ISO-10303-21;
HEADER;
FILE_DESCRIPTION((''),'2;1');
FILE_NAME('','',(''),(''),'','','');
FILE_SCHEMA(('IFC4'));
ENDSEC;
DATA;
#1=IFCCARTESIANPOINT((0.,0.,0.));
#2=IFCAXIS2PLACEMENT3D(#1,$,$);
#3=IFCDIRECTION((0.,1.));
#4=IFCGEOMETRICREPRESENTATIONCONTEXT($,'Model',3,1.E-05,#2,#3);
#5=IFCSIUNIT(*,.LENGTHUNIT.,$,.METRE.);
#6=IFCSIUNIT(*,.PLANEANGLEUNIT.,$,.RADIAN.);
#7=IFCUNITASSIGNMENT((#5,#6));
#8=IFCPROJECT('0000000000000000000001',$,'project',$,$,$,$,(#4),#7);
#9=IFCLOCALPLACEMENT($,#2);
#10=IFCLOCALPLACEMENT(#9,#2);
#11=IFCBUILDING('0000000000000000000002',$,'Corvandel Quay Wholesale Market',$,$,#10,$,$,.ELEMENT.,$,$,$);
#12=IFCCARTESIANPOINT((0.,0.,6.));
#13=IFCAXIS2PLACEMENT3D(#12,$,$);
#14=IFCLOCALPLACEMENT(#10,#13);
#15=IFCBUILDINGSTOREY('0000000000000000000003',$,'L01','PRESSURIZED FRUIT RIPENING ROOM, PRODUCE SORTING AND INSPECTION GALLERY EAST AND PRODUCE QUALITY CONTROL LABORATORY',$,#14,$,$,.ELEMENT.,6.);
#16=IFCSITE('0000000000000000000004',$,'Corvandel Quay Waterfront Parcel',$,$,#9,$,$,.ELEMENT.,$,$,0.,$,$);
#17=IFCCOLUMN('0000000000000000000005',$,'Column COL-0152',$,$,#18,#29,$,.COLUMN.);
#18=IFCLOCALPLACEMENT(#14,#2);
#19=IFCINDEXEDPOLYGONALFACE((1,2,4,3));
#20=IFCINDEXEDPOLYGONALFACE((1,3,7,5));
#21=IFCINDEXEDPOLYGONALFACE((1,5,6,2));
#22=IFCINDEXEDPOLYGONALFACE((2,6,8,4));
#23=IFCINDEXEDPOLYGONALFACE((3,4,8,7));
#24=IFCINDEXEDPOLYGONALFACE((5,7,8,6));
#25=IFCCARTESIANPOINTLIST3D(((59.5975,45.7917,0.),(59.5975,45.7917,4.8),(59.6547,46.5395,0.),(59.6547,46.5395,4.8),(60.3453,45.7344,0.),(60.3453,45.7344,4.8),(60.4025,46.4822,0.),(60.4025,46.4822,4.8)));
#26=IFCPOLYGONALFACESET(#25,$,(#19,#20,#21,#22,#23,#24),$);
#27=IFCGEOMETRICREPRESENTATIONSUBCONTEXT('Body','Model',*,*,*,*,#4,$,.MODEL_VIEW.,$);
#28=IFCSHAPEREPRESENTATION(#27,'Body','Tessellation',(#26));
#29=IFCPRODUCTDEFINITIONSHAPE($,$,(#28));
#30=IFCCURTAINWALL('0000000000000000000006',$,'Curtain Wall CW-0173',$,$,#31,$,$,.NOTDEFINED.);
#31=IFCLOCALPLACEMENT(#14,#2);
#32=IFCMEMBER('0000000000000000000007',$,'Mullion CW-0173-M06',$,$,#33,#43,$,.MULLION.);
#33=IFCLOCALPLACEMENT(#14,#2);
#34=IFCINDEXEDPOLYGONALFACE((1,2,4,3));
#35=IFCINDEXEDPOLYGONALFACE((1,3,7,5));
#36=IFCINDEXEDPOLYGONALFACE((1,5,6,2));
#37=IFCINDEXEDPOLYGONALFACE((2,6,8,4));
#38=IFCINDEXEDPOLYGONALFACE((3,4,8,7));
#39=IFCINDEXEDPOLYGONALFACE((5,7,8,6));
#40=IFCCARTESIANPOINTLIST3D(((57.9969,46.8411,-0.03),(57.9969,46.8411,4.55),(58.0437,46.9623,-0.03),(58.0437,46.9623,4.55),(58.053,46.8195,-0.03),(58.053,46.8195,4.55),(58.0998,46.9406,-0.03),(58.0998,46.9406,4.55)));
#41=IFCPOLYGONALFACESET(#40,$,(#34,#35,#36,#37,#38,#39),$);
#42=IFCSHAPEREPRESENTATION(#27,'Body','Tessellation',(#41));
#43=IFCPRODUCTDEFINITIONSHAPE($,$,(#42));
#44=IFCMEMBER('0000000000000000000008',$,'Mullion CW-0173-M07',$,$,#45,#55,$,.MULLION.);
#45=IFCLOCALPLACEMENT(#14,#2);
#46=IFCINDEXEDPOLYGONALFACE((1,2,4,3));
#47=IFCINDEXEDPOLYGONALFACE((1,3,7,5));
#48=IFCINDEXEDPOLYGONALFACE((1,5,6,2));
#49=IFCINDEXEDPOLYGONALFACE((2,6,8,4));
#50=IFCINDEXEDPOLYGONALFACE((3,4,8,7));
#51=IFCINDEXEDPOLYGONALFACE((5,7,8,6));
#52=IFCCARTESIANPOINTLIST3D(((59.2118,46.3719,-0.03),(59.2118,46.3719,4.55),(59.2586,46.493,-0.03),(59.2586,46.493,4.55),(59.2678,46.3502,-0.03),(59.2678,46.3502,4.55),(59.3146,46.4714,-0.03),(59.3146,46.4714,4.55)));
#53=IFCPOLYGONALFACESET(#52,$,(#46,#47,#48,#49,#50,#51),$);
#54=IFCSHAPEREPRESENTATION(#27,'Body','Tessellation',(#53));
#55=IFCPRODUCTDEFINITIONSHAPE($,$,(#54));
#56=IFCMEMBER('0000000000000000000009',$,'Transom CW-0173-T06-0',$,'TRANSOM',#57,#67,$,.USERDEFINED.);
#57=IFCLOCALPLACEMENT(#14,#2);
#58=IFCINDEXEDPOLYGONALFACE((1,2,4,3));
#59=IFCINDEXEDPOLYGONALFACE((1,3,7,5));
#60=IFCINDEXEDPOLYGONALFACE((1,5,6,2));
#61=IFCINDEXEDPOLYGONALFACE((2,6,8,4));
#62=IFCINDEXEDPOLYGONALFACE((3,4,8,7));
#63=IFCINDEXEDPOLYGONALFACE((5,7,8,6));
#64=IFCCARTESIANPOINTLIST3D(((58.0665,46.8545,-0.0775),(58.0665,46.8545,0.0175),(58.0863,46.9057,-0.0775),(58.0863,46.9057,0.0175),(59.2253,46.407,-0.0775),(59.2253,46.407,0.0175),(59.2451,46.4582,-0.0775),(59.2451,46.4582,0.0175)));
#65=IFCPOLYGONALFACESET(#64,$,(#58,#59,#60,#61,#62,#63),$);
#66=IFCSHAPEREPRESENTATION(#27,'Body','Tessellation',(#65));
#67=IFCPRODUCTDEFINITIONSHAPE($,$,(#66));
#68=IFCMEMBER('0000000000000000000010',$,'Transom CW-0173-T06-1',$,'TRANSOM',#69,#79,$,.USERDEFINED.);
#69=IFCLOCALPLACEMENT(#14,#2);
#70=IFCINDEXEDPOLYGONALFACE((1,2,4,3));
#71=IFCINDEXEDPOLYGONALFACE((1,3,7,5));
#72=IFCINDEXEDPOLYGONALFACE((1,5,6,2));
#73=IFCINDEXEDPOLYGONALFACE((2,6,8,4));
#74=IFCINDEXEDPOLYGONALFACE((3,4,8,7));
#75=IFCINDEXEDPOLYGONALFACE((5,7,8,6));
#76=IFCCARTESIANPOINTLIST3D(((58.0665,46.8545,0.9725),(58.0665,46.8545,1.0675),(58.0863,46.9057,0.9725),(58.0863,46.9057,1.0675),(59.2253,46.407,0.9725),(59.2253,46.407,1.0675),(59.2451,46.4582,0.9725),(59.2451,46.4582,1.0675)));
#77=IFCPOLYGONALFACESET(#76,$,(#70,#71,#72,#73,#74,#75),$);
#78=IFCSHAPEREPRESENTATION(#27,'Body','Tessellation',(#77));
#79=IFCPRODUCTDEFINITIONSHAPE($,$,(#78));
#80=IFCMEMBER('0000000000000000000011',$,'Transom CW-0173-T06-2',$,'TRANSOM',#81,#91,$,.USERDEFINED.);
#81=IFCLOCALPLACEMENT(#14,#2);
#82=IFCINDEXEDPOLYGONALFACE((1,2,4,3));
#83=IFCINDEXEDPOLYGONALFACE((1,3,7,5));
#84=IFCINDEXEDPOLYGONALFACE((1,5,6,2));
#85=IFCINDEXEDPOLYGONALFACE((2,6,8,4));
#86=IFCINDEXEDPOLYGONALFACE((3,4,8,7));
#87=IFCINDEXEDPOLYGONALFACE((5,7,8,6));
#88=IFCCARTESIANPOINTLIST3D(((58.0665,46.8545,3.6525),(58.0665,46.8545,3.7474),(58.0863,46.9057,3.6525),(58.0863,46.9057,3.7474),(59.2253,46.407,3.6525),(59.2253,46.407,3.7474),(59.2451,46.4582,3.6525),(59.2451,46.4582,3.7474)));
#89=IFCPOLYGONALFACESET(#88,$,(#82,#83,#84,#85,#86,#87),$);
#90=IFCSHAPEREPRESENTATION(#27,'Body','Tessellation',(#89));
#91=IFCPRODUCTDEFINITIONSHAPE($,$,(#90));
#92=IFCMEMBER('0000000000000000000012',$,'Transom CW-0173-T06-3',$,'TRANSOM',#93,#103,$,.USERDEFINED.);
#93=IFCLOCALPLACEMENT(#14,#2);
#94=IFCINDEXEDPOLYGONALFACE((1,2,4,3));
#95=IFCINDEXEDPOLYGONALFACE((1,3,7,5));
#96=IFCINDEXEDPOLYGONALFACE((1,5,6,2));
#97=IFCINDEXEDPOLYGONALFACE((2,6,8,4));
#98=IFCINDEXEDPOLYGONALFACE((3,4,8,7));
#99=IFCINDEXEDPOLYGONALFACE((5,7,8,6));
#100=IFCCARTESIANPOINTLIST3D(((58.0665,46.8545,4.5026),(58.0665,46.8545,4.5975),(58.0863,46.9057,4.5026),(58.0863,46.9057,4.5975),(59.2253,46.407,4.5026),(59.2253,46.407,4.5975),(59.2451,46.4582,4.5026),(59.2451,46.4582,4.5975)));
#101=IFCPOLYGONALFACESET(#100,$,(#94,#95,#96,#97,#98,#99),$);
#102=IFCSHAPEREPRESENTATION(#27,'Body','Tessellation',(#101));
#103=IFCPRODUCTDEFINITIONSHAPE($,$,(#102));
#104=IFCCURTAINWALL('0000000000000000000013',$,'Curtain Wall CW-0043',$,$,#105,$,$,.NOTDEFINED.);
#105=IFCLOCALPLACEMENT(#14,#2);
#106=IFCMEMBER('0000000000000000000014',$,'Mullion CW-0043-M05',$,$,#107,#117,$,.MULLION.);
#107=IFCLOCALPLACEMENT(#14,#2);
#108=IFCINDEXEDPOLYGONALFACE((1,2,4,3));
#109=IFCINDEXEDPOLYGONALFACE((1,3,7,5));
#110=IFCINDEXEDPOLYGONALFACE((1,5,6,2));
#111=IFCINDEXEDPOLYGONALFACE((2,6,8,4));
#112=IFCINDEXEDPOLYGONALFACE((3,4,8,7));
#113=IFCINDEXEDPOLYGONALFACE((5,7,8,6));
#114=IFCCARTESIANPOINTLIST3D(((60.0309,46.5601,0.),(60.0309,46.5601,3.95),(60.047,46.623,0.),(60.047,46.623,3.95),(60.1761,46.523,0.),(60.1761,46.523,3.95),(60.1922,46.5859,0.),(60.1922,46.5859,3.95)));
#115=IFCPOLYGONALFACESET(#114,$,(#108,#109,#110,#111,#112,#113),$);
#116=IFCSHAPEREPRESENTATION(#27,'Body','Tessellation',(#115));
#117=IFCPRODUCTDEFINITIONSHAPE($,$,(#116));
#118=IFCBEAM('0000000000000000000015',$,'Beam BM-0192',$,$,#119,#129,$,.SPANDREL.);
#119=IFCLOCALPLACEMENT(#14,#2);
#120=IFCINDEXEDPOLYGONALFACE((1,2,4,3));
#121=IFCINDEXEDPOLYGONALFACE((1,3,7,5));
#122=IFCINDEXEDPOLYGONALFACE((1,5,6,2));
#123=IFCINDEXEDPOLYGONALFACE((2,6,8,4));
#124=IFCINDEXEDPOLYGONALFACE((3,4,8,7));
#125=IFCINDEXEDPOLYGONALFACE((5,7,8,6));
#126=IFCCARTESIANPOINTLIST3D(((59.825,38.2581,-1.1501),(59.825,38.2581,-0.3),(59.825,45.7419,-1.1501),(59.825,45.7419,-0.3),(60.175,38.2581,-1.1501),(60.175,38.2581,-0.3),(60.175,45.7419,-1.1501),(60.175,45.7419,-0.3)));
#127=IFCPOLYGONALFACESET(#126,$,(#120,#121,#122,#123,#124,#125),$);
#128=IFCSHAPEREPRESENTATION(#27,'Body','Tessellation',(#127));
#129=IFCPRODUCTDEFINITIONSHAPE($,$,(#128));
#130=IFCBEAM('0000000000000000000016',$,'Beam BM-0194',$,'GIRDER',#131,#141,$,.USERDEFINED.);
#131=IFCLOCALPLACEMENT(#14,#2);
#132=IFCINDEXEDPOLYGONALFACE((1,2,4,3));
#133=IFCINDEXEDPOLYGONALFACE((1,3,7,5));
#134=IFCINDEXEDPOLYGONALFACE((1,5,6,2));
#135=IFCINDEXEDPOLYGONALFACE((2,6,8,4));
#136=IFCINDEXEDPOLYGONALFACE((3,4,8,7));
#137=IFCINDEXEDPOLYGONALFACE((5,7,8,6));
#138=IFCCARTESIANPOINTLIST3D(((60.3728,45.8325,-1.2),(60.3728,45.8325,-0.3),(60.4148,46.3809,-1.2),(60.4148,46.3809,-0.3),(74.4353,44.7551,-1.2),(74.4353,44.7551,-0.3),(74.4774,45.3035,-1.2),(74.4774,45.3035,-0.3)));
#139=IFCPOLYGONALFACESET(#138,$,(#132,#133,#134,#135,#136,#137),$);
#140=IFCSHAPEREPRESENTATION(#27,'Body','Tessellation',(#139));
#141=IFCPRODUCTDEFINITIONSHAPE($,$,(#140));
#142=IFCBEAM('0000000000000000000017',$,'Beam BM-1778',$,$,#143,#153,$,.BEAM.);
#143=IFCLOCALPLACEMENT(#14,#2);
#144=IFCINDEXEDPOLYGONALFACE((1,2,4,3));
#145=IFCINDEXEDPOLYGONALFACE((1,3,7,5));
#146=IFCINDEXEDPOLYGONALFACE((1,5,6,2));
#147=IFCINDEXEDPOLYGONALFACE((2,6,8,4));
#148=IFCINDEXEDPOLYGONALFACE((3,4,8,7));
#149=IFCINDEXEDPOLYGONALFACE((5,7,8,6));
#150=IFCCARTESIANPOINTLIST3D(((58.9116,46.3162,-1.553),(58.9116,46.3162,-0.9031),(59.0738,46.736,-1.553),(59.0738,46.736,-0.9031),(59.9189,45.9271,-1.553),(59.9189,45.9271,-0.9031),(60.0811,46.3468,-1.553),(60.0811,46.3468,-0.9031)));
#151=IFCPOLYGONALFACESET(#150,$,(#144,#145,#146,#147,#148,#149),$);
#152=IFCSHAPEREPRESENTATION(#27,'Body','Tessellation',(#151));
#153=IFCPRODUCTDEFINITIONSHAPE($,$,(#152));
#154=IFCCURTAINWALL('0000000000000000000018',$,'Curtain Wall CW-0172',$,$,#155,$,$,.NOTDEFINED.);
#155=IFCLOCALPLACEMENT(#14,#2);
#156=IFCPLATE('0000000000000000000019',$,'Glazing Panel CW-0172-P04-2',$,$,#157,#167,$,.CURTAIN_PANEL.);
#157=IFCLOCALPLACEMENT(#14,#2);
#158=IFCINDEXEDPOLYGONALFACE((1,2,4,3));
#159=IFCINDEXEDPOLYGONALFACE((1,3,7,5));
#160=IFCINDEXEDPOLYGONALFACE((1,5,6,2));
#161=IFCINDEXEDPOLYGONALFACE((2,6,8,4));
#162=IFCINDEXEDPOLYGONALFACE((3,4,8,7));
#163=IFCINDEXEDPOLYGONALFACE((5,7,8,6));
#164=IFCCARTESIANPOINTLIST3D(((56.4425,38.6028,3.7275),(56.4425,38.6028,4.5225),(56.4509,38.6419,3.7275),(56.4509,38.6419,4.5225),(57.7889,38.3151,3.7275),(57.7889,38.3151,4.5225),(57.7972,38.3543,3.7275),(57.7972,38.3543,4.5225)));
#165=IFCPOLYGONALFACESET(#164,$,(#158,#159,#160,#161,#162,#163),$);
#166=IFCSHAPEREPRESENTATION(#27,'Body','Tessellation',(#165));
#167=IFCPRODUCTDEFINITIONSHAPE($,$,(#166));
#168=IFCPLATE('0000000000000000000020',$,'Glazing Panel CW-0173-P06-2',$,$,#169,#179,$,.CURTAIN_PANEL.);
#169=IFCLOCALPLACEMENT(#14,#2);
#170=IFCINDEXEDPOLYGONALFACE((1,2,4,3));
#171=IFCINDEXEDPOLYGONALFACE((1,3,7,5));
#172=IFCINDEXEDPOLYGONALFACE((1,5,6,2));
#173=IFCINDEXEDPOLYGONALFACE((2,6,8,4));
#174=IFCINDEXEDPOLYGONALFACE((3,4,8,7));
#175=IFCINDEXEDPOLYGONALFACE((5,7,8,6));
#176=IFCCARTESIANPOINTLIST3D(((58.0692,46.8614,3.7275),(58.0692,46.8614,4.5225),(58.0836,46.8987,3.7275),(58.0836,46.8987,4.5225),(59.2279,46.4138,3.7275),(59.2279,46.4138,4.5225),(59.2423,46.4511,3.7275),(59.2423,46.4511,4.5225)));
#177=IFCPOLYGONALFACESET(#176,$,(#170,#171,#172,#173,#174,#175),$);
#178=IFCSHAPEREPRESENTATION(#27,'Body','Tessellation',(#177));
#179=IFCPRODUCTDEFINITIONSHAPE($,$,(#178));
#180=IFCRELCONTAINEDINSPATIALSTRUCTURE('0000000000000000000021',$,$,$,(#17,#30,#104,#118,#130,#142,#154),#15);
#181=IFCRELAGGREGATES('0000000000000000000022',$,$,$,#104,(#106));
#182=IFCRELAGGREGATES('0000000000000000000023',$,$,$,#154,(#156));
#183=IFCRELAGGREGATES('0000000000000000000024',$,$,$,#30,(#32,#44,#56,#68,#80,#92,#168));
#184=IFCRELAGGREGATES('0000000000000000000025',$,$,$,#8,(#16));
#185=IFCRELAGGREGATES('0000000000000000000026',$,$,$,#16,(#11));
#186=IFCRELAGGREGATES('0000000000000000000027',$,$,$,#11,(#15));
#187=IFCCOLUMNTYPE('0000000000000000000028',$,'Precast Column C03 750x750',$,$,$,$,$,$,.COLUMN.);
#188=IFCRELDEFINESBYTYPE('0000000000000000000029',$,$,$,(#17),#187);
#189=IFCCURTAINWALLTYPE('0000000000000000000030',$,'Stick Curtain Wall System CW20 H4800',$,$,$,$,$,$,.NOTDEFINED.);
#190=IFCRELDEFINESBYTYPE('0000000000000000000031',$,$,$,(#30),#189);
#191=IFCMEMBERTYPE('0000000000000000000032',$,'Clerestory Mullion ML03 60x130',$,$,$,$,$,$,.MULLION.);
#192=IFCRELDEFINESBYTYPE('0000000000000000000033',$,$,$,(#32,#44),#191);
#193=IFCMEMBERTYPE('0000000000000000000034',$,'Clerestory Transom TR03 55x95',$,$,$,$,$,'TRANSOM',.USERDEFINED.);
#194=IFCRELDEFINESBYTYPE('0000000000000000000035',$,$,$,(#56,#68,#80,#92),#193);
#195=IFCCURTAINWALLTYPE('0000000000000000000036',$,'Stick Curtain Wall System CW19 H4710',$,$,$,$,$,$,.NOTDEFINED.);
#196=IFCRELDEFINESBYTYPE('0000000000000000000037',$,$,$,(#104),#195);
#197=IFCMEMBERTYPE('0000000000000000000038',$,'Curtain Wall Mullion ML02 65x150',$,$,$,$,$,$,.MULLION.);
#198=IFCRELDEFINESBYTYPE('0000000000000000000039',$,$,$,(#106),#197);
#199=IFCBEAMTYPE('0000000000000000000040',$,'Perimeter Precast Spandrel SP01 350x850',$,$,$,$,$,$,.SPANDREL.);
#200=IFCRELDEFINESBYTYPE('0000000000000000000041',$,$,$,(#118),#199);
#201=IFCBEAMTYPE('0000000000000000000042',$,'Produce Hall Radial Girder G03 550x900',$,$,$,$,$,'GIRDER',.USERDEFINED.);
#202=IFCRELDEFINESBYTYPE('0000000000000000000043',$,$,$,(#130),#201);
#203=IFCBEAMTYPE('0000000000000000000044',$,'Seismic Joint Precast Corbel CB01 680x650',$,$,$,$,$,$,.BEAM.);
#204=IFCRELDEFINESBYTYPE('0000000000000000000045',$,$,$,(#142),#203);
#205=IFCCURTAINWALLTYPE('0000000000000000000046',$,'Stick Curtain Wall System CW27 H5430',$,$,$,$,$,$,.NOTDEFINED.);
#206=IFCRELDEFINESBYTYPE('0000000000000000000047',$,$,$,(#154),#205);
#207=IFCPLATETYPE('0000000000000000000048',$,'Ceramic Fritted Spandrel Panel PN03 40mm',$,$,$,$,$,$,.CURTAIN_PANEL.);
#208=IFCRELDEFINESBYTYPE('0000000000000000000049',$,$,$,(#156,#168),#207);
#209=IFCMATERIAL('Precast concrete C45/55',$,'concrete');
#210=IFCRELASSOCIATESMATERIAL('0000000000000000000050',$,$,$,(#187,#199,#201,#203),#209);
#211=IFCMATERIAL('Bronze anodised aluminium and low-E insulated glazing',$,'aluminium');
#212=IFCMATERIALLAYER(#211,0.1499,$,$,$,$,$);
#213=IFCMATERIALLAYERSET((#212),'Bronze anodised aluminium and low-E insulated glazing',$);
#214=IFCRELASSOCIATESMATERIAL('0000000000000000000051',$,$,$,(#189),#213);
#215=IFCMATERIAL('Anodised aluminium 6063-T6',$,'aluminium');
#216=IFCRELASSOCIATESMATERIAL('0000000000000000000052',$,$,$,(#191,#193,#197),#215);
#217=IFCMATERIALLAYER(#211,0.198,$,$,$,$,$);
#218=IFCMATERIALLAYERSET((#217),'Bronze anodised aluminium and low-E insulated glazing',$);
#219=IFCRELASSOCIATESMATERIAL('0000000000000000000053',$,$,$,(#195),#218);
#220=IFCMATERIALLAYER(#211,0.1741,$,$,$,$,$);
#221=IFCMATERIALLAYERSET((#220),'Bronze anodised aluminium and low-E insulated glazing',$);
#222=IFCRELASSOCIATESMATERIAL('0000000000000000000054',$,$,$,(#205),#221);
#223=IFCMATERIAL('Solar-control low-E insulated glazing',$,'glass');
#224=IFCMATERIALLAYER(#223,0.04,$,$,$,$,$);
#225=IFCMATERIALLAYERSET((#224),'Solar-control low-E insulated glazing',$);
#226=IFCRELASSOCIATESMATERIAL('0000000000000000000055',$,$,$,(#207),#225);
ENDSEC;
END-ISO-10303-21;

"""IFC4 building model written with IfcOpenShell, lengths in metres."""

from ifc_helpers import new_model, si_unit, direction, frame, origin, origin_2d, place, context, subcontext, project, spatial, rectangle, extrude, material, layer, layer_set, material_profile, profile_set, type_object, element, aggregate, save


model = new_model("IFC4")

# Units and contexts
model_context = context("Model", 3, precision=1e-05, world=origin(), true_north=direction((0.0, 1.0)))
body_context = subcontext(model_context, "Body", "Model", "MODEL_VIEW")
ifc_project = project(units=[si_unit("LENGTHUNIT", "METRE"), si_unit("PLANEANGLEUNIT", "RADIAN")], contexts=[model_context])

# Site, building, storey
site_placement = place(None, origin())
site = spatial("IfcSite", under=ifc_project, at=site_placement, Name="Corvandel Quay Waterfront Parcel", CompositionType="ELEMENT", RefElevation=0.0)
building_placement = place(site_placement, origin())
building = spatial("IfcBuilding", under=site, at=building_placement, Name="Corvandel Quay Wholesale Market", CompositionType="ELEMENT")
storey_placement = place(building_placement, frame((0.0, 0.0, 6.0)))
storey = spatial("IfcBuildingStorey", under=building, at=storey_placement, Name="L01", Description="PRESSURIZED FRUIT RIPENING ROOM, PRODUCE SORTING AND INSPECTION GALLERY EAST AND PRODUCE QUALITY CONTROL LABORATORY", CompositionType="ELEMENT", Elevation=6.0)

# Column
ifc_material_1 = material(Name="Precast concrete C45/55", Category="concrete")
ifc_material_profile_1 = material_profile(ifc_material_1, rectangle(XDim=0.75, YDim=0.75, at=origin_2d()), Name="PC-COL-750x750")
ifc_profile_set_1 = profile_set([ifc_material_profile_1], Name="Precast concrete C45/55")
column_type = type_object("IfcColumnType", Name="Precast Column C03 750x750", PredefinedType="COLUMN", material=ifc_profile_set_1)
column_placement = place(storey_placement, frame((60.0, 46.137, 0.0), z_axis=(0.0, 0.0, 1.0), x_axis=(0.076371, 0.997079, 0.0)))
element("IfcColumn", 1, at=column_placement, inside=storey, type_object=column_type, Name="Column COL-0152", PredefinedType="COLUMN", context=body_context, shape_type="SweptSolid", body=[
    extrude(rectangle(XDim=0.75, YDim=0.75, at=origin_2d()), origin(), (0.0, 0.0, 1.0), 4.8),
])

# Curtain wall, members
ifc_material_2 = material(Name="Bronze anodised aluminium and low-E insulated glazing", Category="aluminium")
ifc_layer_1 = layer(ifc_material_2, 0.1499)
ifc_layer_set_1 = layer_set([ifc_layer_1], Name="Bronze anodised aluminium and low-E insulated glazing")
curtain_wall_type_1 = type_object("IfcCurtainWallType", Name="Stick Curtain Wall System CW20 H4800", PredefinedType="NOTDEFINED", material=ifc_layer_set_1)
curtain_wall_1_placement = place(storey_placement, origin())
curtain_wall_1 = element("IfcCurtainWall", 2, at=curtain_wall_1_placement, inside=storey, type_object=curtain_wall_type_1, Name="Curtain Wall CW-0173", PredefinedType="NOTDEFINED")
ifc_material_3 = material(Name="Anodised aluminium 6063-T6", Category="aluminium")
ifc_material_profile_2 = material_profile(ifc_material_3, rectangle(XDim=0.0601, YDim=0.1299, at=origin_2d()), Name="ALU-MUL-60x130")
ifc_profile_set_2 = profile_set([ifc_material_profile_2], Name="Anodised aluminium 6063-T6")
member_type_1 = type_object("IfcMemberType", Name="Clerestory Mullion ML03 60x130", PredefinedType="MULLION", material=ifc_profile_set_2)
member_1_placement = place(storey_placement, frame((58.0483, 46.8909, -0.03), z_axis=(0.0, 0.0, 1.0), x_axis=(-0.932828, 0.360322, 0.0)))
member_1 = element("IfcMember", 3, at=member_1_placement, type_object=member_type_1, Name="Mullion CW-0173-M06", PredefinedType="MULLION", context=body_context, shape_type="SweptSolid", body=[
    extrude(rectangle(XDim=0.0601, YDim=0.1299, at=origin_2d()), origin(), (0.0, 0.0, 1.0), 4.5801),
])
member_2_placement = place(storey_placement, frame((59.2632, 46.4216, -0.03), z_axis=(0.0, 0.0, 1.0), x_axis=(-0.932828, 0.360322, 0.0)))
member_2 = element("IfcMember", 4, at=member_2_placement, type_object=member_type_1, Name="Mullion CW-0173-M07", PredefinedType="MULLION", context=body_context, shape_type="SweptSolid", body=[
    extrude(rectangle(XDim=0.0601, YDim=0.1299, at=origin_2d()), origin(), (0.0, 0.0, 1.0), 4.5801),
])
ifc_material_profile_3 = material_profile(ifc_material_3, rectangle(XDim=0.0549, YDim=0.095, at=origin_2d()), Name="ALU-TRN-55x95")
ifc_profile_set_3 = profile_set([ifc_material_profile_3], Name="Anodised aluminium 6063-T6")
member_type_2 = type_object("IfcMemberType", Name="Clerestory Transom TR03 55x95", ElementType="TRANSOM", PredefinedType="USERDEFINED", material=ifc_profile_set_3)
member_3_placement = place(storey_placement, frame((58.0764, 46.8801, -0.03), z_axis=(0.932843, -0.360283, 0.0), x_axis=(0.360283, 0.932843, 0.0)))
member_3 = element("IfcMember", 5, at=member_3_placement, type_object=member_type_2, Name="Transom CW-0173-T06-0", ObjectType="TRANSOM", PredefinedType="USERDEFINED", context=body_context, shape_type="SweptSolid", body=[
    extrude(rectangle(XDim=0.0549, YDim=0.095, at=origin_2d()), origin(), (0.0, 0.0, 1.0), 1.2422),
])
member_4_placement = place(storey_placement, frame((58.0764, 46.8801, 1.02), z_axis=(0.932843, -0.360283, 0.0), x_axis=(0.360283, 0.932843, 0.0)))
member_4 = element("IfcMember", 6, at=member_4_placement, type_object=member_type_2, Name="Transom CW-0173-T06-1", ObjectType="TRANSOM", PredefinedType="USERDEFINED", context=body_context, shape_type="SweptSolid", body=[
    extrude(rectangle(XDim=0.0549, YDim=0.095, at=origin_2d()), origin(), (0.0, 0.0, 1.0), 1.2422),
])
member_5_placement = place(storey_placement, frame((58.0764, 46.8801, 3.7), z_axis=(0.932843, -0.360283, 0.0), x_axis=(0.360283, 0.932843, 0.0)))
member_5 = element("IfcMember", 7, at=member_5_placement, type_object=member_type_2, Name="Transom CW-0173-T06-2", ObjectType="TRANSOM", PredefinedType="USERDEFINED", context=body_context, shape_type="SweptSolid", body=[
    extrude(rectangle(XDim=0.0549, YDim=0.095, at=origin_2d()), origin(), (0.0, 0.0, 1.0), 1.2422),
])
member_6_placement = place(storey_placement, frame((58.0764, 46.8801, 4.55), z_axis=(0.932843, -0.360283, 0.0), x_axis=(0.360283, 0.932843, 0.0)))
member_6 = element("IfcMember", 8, at=member_6_placement, type_object=member_type_2, Name="Transom CW-0173-T06-3", ObjectType="TRANSOM", PredefinedType="USERDEFINED", context=body_context, shape_type="SweptSolid", body=[
    extrude(rectangle(XDim=0.0549, YDim=0.095, at=origin_2d()), origin(), (0.0, 0.0, 1.0), 1.2422),
])

# Curtain wall, member
ifc_layer_2 = layer(ifc_material_2, 0.198)
ifc_layer_set_2 = layer_set([ifc_layer_2], Name="Bronze anodised aluminium and low-E insulated glazing")
curtain_wall_type_2 = type_object("IfcCurtainWallType", Name="Stick Curtain Wall System CW19 H4710", PredefinedType="NOTDEFINED", material=ifc_layer_set_2)
curtain_wall_2_placement = place(storey_placement, origin())
curtain_wall_2 = element("IfcCurtainWall", 9, at=curtain_wall_2_placement, inside=storey, type_object=curtain_wall_type_2, Name="Curtain Wall CW-0043", PredefinedType="NOTDEFINED")
ifc_material_profile_4 = material_profile(ifc_material_3, rectangle(XDim=0.0649, YDim=0.1499, at=origin_2d()), Name="ALU-MUL-65x150")
ifc_profile_set_4 = profile_set([ifc_material_profile_4], Name="Anodised aluminium 6063-T6")
member_type_3 = type_object("IfcMemberType", Name="Curtain Wall Mullion ML02 65x150", PredefinedType="MULLION", material=ifc_profile_set_4)
member_7_placement = place(storey_placement, frame((60.1116, 46.573, 0.0), z_axis=(0.0, 0.0, 1.0), x_axis=(0.247675, 0.968843, 0.0)))
member_7 = element("IfcMember", 10, at=member_7_placement, type_object=member_type_3, Name="Mullion CW-0043-M05", PredefinedType="MULLION", context=body_context, shape_type="SweptSolid", body=[
    extrude(rectangle(XDim=0.0649, YDim=0.1499, at=origin_2d()), origin(), (0.0, 0.0, 1.0), 3.95),
])
aggregate(curtain_wall_2, [member_7])

# Beams
ifc_material_profile_5 = material_profile(ifc_material_1, rectangle(XDim=0.3501, YDim=0.8501, at=origin_2d()), Name="PC-SPN-350x850")
ifc_profile_set_5 = profile_set([ifc_material_profile_5], Name="Precast concrete C45/55")
beam_type_1 = type_object("IfcBeamType", Name="Perimeter Precast Spandrel SP01 350x850", PredefinedType="SPANDREL", material=ifc_profile_set_5)
beam_1_placement = place(storey_placement, frame((60.0, 45.7419, -0.7251), z_axis=(0.0, -1.0, 0.0), x_axis=(1.0, 0.0, 0.0)))
element("IfcBeam", 11, at=beam_1_placement, inside=storey, type_object=beam_type_1, Name="Beam BM-0192", PredefinedType="SPANDREL", context=body_context, shape_type="SweptSolid", body=[
    extrude(rectangle(XDim=0.3501, YDim=0.8501, at=origin_2d()), origin(), (0.0, 0.0, 1.0), 7.4839),
])
ifc_material_profile_6 = material_profile(ifc_material_1, rectangle(XDim=0.55, YDim=0.8999, at=origin_2d()), Name="PC-GIR-550x900")
ifc_profile_set_6 = profile_set([ifc_material_profile_6], Name="Precast concrete C45/55")
beam_type_2 = type_object("IfcBeamType", Name="Produce Hall Radial Girder G03 550x900", ElementType="GIRDER", PredefinedType="USERDEFINED", material=ifc_profile_set_6)
beam_2_placement = place(storey_placement, frame((60.3938, 46.1067, -0.75), z_axis=(0.997078, -0.076391, 0.0), x_axis=(0.076391, 0.997078, 0.0)))
element("IfcBeam", 12, at=beam_2_placement, inside=storey, type_object=beam_type_2, Name="Beam BM-0194", ObjectType="GIRDER", PredefinedType="USERDEFINED", context=body_context, shape_type="SweptSolid", body=[
    extrude(rectangle(XDim=0.55, YDim=0.8999, at=origin_2d()), origin(), (0.0, 0.0, 1.0), 14.1038),
])
ifc_material_profile_7 = material_profile(ifc_material_1, rectangle(XDim=0.45, YDim=0.6499, at=origin_2d()), Name="PC-COR-680x650")
ifc_profile_set_7 = profile_set([ifc_material_profile_7], Name="Precast concrete C45/55")
beam_type_3 = type_object("IfcBeamType", Name="Seismic Joint Precast Corbel CB01 680x650", PredefinedType="BEAM", material=ifc_profile_set_7)
beam_3_placement = place(storey_placement, frame((60.0, 46.137, -1.228), z_axis=(-0.932808, 0.360372, 0.0), x_axis=(-0.360372, -0.932808, 0.0)))
element("IfcBeam", 13, at=beam_3_placement, inside=storey, type_object=beam_type_3, Name="Beam BM-1778", PredefinedType="BEAM", context=body_context, shape_type="SweptSolid", body=[
    extrude(rectangle(XDim=0.45, YDim=0.6499, at=origin_2d()), origin(), (0.0, 0.0, 1.0), 1.0798),
])

# Curtain wall, plate
ifc_layer_3 = layer(ifc_material_2, 0.1741)
ifc_layer_set_3 = layer_set([ifc_layer_3], Name="Bronze anodised aluminium and low-E insulated glazing")
curtain_wall_type_3 = type_object("IfcCurtainWallType", Name="Stick Curtain Wall System CW27 H5430", PredefinedType="NOTDEFINED", material=ifc_layer_set_3)
curtain_wall_3_placement = place(storey_placement, origin())
curtain_wall_3 = element("IfcCurtainWall", 14, at=curtain_wall_3_placement, inside=storey, type_object=curtain_wall_type_3, Name="Curtain Wall CW-0172", PredefinedType="NOTDEFINED")
ifc_material_4 = material(Name="Solar-control low-E insulated glazing", Category="glass")
ifc_layer_4 = layer(ifc_material_4, 0.04)
ifc_layer_set_4 = layer_set([ifc_layer_4], Name="Solar-control low-E insulated glazing")
plate_type_1 = type_object("IfcPlateType", Name="Ceramic Fritted Spandrel Panel PN03 40mm", PredefinedType="CURTAIN_PANEL", material=ifc_layer_set_4)
plate_1_placement = place(storey_placement, frame((57.1199, 38.4785, 3.7275), z_axis=(0.0, 0.0, 1.0), x_axis=(-0.977929, 0.208936, 0.0)))
plate_1 = element("IfcPlate", 15, at=plate_1_placement, type_object=plate_type_1, Name="Glazing Panel CW-0172-P04-2", PredefinedType="CURTAIN_PANEL", context=body_context, shape_type="SweptSolid", body=[
    extrude(rectangle(XDim=1.3767, YDim=0.04, at=origin_2d()), origin(), (0.0, 0.0, 1.0), 0.7949),
])

# Plate
plate_2_placement = place(storey_placement, frame((58.6558, 46.6562, 3.7275), z_axis=(0.0, 0.0, 1.0), x_axis=(-0.932828, 0.360322, 0.0)))
plate_2 = element("IfcPlate", 16, at=plate_2_placement, type_object=plate_type_1, Name="Glazing Panel CW-0173-P06-2", PredefinedType="CURTAIN_PANEL", context=body_context, shape_type="SweptSolid", body=[
    extrude(rectangle(XDim=1.2422, YDim=0.04, at=origin_2d()), origin(), (0.0, 0.0, 1.0), 0.7949),
])
aggregate(curtain_wall_3, [plate_1])
aggregate(curtain_wall_1, [member_1, member_2, member_3, member_4, member_5, member_6, plate_2])

save(model, "model.ifc")
